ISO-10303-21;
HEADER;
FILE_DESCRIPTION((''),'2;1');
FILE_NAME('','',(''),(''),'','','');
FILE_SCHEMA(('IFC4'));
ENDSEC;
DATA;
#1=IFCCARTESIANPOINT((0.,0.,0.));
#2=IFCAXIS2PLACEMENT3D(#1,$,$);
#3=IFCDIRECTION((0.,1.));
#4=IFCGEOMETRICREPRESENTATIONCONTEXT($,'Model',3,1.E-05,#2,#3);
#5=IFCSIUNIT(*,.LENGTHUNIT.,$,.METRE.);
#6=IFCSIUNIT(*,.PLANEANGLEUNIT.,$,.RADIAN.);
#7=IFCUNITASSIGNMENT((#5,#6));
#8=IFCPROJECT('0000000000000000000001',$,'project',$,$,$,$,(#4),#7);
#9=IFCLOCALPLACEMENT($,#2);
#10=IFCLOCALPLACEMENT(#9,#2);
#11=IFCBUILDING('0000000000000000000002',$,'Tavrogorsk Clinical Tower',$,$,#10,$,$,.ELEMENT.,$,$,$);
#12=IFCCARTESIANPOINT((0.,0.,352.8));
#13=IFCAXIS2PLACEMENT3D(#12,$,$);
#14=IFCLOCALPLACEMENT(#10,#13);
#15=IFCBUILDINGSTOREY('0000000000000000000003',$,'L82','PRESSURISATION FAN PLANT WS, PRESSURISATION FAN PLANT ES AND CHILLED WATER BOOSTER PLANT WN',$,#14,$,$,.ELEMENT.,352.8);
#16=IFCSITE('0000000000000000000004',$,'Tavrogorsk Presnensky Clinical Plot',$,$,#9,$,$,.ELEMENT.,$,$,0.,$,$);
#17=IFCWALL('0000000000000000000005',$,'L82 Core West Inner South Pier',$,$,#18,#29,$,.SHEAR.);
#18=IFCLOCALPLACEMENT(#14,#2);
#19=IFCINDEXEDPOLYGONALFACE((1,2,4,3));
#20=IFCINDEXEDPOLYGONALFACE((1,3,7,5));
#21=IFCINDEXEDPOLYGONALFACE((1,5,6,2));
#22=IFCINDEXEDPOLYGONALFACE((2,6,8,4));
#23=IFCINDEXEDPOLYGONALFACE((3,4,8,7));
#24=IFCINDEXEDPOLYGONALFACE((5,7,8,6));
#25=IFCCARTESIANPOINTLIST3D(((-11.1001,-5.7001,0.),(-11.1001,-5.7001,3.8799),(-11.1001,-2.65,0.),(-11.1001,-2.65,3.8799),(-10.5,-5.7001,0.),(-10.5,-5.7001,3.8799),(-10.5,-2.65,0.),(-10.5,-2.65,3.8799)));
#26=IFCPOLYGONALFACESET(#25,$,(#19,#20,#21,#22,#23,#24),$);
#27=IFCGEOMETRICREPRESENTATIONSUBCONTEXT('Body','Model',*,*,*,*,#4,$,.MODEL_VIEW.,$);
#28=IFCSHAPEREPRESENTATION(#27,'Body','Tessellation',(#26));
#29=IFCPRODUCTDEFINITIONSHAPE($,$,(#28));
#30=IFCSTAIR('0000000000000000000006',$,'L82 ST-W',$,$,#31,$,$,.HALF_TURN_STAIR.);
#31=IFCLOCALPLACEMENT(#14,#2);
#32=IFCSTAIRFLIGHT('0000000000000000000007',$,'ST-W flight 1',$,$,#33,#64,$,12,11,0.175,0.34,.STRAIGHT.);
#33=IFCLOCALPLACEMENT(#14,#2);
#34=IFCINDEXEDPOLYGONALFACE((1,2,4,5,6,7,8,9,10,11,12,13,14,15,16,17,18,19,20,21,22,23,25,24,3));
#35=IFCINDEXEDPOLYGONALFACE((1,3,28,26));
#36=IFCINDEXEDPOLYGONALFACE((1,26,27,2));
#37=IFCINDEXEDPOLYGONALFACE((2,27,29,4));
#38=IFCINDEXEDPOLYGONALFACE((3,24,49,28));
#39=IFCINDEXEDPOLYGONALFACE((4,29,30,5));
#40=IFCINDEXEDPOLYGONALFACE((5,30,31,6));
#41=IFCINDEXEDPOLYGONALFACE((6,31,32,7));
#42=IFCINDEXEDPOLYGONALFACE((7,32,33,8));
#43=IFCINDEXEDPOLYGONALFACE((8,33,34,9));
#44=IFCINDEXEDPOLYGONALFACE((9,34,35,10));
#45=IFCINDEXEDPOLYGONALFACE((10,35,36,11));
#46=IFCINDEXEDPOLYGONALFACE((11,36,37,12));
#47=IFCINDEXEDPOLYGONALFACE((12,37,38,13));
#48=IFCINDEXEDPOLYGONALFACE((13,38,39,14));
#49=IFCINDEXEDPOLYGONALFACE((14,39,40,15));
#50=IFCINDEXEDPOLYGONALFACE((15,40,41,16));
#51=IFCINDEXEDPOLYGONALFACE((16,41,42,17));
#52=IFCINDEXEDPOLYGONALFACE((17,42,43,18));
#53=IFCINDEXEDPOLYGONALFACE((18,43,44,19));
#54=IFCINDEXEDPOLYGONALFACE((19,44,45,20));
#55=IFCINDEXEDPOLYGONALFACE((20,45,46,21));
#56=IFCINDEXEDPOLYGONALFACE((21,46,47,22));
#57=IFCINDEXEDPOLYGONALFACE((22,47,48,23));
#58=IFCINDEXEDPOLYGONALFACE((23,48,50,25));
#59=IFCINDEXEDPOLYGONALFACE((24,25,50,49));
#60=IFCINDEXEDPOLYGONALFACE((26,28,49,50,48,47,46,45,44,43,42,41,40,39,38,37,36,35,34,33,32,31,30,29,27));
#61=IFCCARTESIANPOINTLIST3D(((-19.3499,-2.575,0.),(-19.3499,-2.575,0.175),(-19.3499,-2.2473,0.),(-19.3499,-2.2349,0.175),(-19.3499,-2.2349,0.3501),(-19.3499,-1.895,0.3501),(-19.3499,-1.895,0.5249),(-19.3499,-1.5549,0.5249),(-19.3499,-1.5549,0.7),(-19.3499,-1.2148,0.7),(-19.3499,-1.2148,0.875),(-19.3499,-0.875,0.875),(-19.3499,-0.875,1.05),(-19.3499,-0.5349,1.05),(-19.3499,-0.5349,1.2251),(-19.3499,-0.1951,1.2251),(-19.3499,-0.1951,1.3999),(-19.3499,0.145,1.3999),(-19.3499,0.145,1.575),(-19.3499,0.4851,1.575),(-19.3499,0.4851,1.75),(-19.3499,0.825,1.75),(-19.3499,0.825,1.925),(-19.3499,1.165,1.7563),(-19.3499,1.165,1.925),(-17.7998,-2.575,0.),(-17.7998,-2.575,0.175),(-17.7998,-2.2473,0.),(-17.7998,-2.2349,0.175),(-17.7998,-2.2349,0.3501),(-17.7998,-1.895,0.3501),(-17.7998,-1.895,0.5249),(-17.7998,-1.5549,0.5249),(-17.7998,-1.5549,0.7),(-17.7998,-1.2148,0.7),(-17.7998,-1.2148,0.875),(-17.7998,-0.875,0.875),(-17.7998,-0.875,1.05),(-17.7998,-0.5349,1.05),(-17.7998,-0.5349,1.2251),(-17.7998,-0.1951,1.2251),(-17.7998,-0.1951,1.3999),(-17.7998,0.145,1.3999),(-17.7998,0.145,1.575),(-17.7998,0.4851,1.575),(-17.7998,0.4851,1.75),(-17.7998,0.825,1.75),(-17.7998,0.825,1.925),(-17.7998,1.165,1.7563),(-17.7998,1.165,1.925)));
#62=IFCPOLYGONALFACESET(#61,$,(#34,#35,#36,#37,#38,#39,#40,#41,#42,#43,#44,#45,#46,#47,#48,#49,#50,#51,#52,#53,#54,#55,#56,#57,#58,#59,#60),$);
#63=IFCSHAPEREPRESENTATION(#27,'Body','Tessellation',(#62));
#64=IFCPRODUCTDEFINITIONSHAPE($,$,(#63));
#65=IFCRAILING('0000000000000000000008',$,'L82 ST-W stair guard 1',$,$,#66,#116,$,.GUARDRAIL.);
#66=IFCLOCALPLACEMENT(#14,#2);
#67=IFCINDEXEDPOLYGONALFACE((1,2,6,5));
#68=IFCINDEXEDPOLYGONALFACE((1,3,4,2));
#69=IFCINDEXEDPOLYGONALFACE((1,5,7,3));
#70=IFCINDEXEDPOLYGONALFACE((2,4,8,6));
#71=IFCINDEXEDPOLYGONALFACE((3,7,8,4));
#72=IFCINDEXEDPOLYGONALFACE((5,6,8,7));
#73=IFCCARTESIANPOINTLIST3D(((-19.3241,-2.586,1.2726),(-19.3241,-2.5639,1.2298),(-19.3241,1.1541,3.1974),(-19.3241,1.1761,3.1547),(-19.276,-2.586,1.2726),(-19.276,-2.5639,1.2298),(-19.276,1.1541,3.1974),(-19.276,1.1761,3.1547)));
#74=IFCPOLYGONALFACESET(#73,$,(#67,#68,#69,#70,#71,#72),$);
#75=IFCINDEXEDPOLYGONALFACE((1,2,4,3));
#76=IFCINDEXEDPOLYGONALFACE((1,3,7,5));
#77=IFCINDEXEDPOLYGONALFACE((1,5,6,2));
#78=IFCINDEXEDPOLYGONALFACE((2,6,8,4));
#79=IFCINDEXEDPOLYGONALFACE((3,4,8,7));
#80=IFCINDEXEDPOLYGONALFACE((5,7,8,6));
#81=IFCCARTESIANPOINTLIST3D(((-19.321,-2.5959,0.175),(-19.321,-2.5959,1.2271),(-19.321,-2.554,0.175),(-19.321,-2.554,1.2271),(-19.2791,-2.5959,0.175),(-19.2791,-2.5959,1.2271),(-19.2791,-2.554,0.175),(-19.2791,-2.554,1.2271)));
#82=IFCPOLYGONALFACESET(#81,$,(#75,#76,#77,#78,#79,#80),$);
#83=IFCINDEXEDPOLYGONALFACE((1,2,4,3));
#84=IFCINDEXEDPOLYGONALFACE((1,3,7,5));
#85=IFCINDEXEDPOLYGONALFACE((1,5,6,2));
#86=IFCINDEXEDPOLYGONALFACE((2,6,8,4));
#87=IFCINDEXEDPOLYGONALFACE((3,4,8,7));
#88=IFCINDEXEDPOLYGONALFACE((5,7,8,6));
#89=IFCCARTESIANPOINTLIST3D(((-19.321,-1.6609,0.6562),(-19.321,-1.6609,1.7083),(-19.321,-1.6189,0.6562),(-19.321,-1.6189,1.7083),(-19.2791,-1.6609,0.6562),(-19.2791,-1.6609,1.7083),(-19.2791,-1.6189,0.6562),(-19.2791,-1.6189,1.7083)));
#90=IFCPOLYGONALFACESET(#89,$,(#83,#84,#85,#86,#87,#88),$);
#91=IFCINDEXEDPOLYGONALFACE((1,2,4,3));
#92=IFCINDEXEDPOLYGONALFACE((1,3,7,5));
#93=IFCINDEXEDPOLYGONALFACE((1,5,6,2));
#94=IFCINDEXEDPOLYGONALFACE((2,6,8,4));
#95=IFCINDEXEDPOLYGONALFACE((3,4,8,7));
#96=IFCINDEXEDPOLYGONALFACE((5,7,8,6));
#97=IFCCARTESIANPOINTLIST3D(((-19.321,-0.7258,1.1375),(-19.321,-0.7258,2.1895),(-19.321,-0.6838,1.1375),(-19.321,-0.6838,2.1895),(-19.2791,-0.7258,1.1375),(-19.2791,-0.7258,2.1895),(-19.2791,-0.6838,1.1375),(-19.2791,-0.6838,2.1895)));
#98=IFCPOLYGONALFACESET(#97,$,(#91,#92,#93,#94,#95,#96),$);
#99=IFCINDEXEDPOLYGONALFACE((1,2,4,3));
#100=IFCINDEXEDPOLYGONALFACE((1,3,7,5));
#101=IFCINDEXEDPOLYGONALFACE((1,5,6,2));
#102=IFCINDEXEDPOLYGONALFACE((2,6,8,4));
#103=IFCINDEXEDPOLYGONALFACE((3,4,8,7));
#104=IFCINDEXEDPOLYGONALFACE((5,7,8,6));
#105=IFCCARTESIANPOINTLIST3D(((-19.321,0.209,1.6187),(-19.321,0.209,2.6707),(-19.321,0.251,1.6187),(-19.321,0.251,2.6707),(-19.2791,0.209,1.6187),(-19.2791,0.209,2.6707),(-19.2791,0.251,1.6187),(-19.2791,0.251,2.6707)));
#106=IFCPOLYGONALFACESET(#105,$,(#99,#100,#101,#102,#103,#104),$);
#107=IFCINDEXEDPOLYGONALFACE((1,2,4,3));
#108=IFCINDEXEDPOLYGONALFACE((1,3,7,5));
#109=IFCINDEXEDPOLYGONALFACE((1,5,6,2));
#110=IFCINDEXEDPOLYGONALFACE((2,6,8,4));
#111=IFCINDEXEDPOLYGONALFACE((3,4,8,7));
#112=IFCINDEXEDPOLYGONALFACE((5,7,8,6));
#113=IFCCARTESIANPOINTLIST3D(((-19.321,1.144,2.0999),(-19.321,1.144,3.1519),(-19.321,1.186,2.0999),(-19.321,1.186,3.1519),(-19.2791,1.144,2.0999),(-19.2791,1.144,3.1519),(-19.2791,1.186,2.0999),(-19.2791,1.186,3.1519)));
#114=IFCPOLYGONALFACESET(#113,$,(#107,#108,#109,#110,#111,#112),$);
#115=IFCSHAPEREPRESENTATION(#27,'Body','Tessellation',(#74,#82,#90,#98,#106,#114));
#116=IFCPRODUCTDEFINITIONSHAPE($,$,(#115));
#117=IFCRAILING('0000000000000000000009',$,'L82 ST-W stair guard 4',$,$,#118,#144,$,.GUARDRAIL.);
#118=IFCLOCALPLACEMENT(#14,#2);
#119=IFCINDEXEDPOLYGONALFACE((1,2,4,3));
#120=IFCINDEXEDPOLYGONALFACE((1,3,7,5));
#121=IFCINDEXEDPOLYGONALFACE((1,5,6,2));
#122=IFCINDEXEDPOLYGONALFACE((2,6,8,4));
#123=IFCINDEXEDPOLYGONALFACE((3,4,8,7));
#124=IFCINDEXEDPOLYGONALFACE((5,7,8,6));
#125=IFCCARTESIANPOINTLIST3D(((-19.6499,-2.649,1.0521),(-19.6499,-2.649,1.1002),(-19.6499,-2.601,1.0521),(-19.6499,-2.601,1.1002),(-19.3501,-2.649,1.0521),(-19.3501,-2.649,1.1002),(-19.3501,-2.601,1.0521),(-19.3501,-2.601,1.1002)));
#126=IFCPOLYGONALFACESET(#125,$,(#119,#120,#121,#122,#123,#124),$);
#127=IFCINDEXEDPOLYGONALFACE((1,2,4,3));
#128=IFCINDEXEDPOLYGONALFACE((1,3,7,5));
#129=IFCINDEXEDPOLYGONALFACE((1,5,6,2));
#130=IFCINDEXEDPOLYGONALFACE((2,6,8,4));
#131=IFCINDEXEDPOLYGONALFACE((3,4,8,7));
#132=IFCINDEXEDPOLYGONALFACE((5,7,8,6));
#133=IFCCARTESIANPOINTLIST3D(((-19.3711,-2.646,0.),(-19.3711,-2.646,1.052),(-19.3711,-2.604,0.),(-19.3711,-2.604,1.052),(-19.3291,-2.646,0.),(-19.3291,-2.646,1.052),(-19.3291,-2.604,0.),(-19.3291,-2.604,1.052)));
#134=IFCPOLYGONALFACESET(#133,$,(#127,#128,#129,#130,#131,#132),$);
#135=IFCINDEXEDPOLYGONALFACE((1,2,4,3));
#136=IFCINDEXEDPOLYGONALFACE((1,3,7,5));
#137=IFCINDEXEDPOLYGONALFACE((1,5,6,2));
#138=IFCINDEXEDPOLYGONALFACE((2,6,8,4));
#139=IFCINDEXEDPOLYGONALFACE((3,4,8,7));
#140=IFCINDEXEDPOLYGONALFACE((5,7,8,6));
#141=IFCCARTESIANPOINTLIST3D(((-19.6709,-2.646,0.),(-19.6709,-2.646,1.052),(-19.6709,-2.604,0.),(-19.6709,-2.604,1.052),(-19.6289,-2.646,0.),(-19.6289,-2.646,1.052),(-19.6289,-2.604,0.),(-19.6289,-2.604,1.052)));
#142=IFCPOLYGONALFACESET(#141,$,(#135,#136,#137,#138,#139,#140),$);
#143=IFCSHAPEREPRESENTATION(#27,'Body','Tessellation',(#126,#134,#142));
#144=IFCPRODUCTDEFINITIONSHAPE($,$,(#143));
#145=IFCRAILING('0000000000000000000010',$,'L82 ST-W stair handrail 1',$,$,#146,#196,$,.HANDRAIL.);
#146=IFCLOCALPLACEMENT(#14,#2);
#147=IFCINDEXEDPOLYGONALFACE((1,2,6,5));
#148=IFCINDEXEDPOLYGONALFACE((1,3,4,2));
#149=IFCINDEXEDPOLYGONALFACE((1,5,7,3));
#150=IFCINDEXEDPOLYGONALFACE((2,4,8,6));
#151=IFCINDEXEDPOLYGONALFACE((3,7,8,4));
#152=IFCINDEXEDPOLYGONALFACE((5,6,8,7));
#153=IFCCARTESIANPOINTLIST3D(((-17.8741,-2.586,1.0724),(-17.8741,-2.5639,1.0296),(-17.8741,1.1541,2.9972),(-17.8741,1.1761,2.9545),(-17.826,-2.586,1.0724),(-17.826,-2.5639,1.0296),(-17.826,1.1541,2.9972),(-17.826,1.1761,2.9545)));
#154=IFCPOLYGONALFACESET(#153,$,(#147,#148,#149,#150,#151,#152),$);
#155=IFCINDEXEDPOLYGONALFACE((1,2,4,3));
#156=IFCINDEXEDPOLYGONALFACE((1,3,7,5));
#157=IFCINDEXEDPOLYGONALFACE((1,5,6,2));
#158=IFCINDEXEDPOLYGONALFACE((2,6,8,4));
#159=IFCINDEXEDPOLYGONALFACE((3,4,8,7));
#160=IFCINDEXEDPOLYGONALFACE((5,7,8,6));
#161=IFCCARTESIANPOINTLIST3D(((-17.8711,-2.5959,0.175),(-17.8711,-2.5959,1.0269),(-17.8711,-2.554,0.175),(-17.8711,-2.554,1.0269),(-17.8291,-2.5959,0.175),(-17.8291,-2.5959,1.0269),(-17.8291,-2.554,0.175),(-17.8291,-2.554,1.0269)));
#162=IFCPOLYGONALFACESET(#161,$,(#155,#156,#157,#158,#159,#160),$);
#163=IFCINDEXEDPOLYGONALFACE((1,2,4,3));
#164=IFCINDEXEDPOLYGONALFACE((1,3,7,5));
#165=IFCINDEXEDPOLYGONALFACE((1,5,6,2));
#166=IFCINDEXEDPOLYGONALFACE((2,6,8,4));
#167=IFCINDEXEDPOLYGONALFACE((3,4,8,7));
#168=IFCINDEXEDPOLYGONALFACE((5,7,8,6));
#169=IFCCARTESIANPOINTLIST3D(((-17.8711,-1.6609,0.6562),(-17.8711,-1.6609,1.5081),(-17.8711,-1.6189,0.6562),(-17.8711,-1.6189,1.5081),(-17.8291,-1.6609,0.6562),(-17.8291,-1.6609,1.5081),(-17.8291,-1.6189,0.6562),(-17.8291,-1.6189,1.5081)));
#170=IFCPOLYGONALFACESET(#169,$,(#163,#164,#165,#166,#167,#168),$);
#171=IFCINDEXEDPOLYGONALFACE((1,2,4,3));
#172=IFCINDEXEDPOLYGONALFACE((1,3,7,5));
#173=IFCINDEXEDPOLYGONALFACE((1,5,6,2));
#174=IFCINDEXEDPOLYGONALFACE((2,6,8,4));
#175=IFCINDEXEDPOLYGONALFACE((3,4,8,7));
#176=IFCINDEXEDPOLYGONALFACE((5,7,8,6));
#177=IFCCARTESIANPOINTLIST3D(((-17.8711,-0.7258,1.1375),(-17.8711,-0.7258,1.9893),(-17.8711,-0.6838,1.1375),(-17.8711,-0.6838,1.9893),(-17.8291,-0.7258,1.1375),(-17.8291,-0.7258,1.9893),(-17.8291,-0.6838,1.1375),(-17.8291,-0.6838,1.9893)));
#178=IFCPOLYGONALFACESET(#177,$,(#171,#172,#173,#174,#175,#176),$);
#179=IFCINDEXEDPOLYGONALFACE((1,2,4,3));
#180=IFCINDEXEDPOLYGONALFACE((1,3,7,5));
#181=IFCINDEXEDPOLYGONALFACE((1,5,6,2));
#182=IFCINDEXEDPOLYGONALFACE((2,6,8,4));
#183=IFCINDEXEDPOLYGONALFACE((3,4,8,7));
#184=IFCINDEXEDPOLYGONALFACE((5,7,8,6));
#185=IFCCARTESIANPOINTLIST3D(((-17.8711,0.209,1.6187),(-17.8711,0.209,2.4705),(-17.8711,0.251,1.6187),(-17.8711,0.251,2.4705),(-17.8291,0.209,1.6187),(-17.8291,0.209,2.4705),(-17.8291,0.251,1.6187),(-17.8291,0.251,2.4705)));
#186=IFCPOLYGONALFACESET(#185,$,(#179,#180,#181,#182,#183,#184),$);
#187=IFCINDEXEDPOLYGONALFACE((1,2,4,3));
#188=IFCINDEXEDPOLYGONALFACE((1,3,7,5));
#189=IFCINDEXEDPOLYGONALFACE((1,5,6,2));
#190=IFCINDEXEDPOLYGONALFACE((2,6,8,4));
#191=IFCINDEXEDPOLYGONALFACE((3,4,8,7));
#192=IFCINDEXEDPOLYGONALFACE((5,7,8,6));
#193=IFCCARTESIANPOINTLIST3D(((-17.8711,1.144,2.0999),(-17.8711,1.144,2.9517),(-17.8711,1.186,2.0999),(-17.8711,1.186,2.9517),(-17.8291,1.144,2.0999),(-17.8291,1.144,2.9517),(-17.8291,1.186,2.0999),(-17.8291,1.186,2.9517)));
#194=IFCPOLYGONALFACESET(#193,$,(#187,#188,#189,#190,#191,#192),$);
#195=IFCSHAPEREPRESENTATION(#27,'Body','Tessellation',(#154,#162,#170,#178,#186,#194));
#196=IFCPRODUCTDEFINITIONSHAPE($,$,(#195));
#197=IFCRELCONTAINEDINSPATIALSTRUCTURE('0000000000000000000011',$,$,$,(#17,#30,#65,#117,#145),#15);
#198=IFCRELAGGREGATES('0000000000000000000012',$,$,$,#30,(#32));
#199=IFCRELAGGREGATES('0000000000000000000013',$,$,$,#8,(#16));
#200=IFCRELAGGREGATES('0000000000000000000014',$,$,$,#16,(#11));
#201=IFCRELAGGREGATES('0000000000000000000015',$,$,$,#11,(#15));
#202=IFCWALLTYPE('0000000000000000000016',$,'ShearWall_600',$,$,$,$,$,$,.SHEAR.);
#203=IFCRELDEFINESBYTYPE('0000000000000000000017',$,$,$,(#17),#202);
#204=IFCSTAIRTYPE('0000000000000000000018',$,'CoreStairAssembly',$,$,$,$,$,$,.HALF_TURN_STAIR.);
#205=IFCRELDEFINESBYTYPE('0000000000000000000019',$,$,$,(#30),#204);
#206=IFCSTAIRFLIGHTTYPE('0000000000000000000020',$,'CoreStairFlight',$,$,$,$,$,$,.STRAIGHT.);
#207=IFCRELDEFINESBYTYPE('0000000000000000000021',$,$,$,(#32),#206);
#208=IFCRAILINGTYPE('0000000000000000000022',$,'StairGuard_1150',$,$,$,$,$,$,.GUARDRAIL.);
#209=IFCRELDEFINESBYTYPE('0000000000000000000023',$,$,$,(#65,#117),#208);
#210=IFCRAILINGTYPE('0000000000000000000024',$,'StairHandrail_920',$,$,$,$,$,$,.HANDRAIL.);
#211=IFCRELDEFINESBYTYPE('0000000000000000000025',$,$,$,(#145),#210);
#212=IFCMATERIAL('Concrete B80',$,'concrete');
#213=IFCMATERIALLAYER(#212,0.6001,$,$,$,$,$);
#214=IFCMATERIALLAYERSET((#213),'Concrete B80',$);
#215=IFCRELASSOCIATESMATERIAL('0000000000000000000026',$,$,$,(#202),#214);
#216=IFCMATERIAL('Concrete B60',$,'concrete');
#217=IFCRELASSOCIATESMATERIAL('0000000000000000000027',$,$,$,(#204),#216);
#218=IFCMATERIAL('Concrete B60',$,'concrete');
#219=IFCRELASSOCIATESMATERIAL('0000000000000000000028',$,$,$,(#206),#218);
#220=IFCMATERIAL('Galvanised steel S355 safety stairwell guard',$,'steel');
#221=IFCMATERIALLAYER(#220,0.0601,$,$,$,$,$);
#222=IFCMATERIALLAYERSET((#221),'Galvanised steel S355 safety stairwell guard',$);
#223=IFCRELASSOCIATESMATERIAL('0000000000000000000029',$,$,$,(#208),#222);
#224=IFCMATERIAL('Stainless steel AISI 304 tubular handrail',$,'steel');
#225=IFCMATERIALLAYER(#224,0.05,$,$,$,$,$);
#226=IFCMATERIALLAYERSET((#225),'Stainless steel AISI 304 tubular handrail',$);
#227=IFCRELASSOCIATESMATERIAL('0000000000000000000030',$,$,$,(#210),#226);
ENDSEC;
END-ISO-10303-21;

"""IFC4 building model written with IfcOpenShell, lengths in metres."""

from ifc_helpers import new_model, si_unit, direction, frame, frame_2d, origin, origin_2d, place, context, subcontext, project, spatial, polyline, rectangle, outline, extrude, material, layer, layer_set, type_object, element, aggregate, save


model = new_model("IFC4")

# Units and contexts
model_context = context("Model", 3, precision=1e-05, world=origin(), true_north=direction((0.0, 1.0)))
body_context = subcontext(model_context, "Body", "Model", "MODEL_VIEW")
ifc_project = project(units=[si_unit("LENGTHUNIT", "METRE"), si_unit("PLANEANGLEUNIT", "RADIAN")], contexts=[model_context])

# Site, building, storey
site_placement = place(None, origin())
site = spatial("IfcSite", under=ifc_project, at=site_placement, Name="Tavrogorsk Presnensky Clinical Plot", CompositionType="ELEMENT", RefElevation=0.0)
building_placement = place(site_placement, origin())
building = spatial("IfcBuilding", under=site, at=building_placement, Name="Tavrogorsk Clinical Tower", CompositionType="ELEMENT")
storey_placement = place(building_placement, frame((0.0, 0.0, 352.8)))
storey = spatial("IfcBuildingStorey", under=building, at=storey_placement, Name="L82", Description="PRESSURISATION FAN PLANT WS, PRESSURISATION FAN PLANT ES AND CHILLED WATER BOOSTER PLANT WN", CompositionType="ELEMENT", Elevation=352.8)

# Wall
ifc_material_1 = material(Name="Concrete B80", Category="concrete")
ifc_layer_1 = layer(ifc_material_1, 0.6001)
ifc_layer_set_1 = layer_set([ifc_layer_1], Name="Concrete B80")
wall_type_1 = type_object("IfcWallType", Name="ShearWall_600", PredefinedType="SHEAR", material=ifc_layer_set_1)
wall_1_placement = place(storey_placement, frame((-10.8, -5.7, 0.0), z_axis=(0.0, 0.0, 1.0), x_axis=(0.0, 1.0, 0.0)))
element("IfcWall", 1, at=wall_1_placement, inside=storey, type_object=wall_type_1, Name="L82 Core West Inner South Pier", PredefinedType="SHEAR", context=body_context, shape_type="SweptSolid", body=[
    extrude(rectangle(XDim=3.05, YDim=0.6001, at=frame_2d((1.5249, 0.0))), origin(), (0.0, 0.0, 1.0), 3.8799),
])

# Stair, stair flight
ifc_material_2 = material(Name="Concrete B60", Category="concrete")
stair_type = type_object("IfcStairType", Name="CoreStairAssembly", PredefinedType="HALF_TURN_STAIR", material=ifc_material_2)
stair_placement = place(storey_placement, origin())
stair = element("IfcStair", 2, at=stair_placement, inside=storey, type_object=stair_type, Name="L82 ST-W", PredefinedType="HALF_TURN_STAIR")
ifc_material_3 = material(Name="Concrete B60", Category="concrete")
stair_flight_type = type_object("IfcStairFlightType", Name="CoreStairFlight", PredefinedType="STRAIGHT", material=ifc_material_3)
stair_flight_placement = place(storey_placement, frame((-18.575, -2.575, 0.0), z_axis=(0.0, 0.0, 1.0), x_axis=(0.0, 1.0, 0.0)))
stair_flight = element("IfcStairFlight", 3, at=stair_flight_placement, type_object=stair_flight_type, Name="ST-W flight 1", NumberOfRisers=12, NumberOfTreads=11, PredefinedType="STRAIGHT", RiserHeight=0.175, TreadLength=0.34, context=body_context, shape_type="SweptSolid", body=[
    extrude(outline(polyline([(0.0, 0.0), (0.0, 0.175), (0.3401, 0.175), (0.3401, 0.3501), (0.6799, 0.3501), (0.6799, 0.5249), (1.02, 0.5249), (1.02, 0.7), (1.3601, 0.7), (1.3601, 0.875), (1.7, 0.875), (1.7, 1.05), (2.04, 1.05), (2.04, 1.2251), (2.3799, 1.2251), (2.3799, 1.3999), (2.72, 1.3999), (2.72, 1.575), (3.0601, 1.575), (3.0601, 1.75), (3.3999, 1.75), (3.3999, 1.925), (3.74, 1.925), (3.74, 2.1001), (3.74, 1.7563), (0.3276, 0.0), (0.0, 0.0)])), frame((0.0, 0.7749, 0.0), z_axis=(0.0, -1.0, 0.0), x_axis=(1.0, 0.0, 0.0)), (0.0, 0.0, 1.0), 1.55),
])
aggregate(stair, [stair_flight])

# Railings
ifc_material_4 = material(Name="Galvanised steel S355 safety stairwell guard", Category="steel")
ifc_layer_2 = layer(ifc_material_4, 0.0601)
ifc_layer_set_2 = layer_set([ifc_layer_2], Name="Galvanised steel S355 safety stairwell guard")
railing_type_1 = type_object("IfcRailingType", Name="StairGuard_1150", PredefinedType="GUARDRAIL", material=ifc_layer_set_2)
railing_1_placement = place(storey_placement, frame((-19.3, -2.575, 0.175)))
element("IfcRailing", 4, at=railing_1_placement, inside=storey, type_object=railing_type_1, Name="L82 ST-W stair guard 1", PredefinedType="GUARDRAIL", context=body_context, shape_type="SweptSolid", body=[
    extrude(rectangle(XDim=0.0481, YDim=0.0481, at=origin_2d()), frame((0.0, 0.0, 1.0762), z_axis=(0.0, 0.889154, 0.457608), x_axis=(-1.0, 0.0, 0.0)), (0.0, 0.0, 1.0), 4.2063),
    extrude(rectangle(XDim=0.042, YDim=0.042, at=origin_2d()), origin(), (0.0, 0.0, 1.0), 1.052),
    extrude(rectangle(XDim=0.042, YDim=0.042, at=origin_2d()), frame((0.0, 0.9351, 0.4812)), (0.0, 0.0, 1.0), 1.052),
    extrude(rectangle(XDim=0.042, YDim=0.042, at=origin_2d()), frame((0.0, 1.8701, 0.9624)), (0.0, 0.0, 1.0), 1.052),
    extrude(rectangle(XDim=0.042, YDim=0.042, at=origin_2d()), frame((0.0, 2.8049, 1.4436)), (0.0, 0.0, 1.0), 1.052),
    extrude(rectangle(XDim=0.042, YDim=0.042, at=origin_2d()), frame((0.0, 3.74, 1.9248)), (0.0, 0.0, 1.0), 1.052),
])
railing_2_placement = place(storey_placement, frame((-19.3501, -2.625, 0.0)))
element("IfcRailing", 5, at=railing_2_placement, inside=storey, type_object=railing_type_1, Name="L82 ST-W stair guard 4", PredefinedType="GUARDRAIL", context=body_context, shape_type="SweptSolid", body=[
    extrude(rectangle(XDim=0.0481, YDim=0.0481, at=origin_2d()), frame((0.0, 0.0, 1.0762), z_axis=(-1.0, 0.0, 0.0), x_axis=(0.0, -1.0, 0.0)), (0.0, 0.0, 1.0), 0.2998),
    extrude(rectangle(XDim=0.042, YDim=0.042, at=origin_2d()), origin(), (0.0, 0.0, 1.0), 1.052),
    extrude(rectangle(XDim=0.042, YDim=0.042, at=origin_2d()), frame((-0.2998, 0.0, 0.0)), (0.0, 0.0, 1.0), 1.052),
])
ifc_material_5 = material(Name="Stainless steel AISI 304 tubular handrail", Category="steel")
ifc_layer_3 = layer(ifc_material_5, 0.05)
ifc_layer_set_3 = layer_set([ifc_layer_3], Name="Stainless steel AISI 304 tubular handrail")
railing_type_2 = type_object("IfcRailingType", Name="StairHandrail_920", PredefinedType="HANDRAIL", material=ifc_layer_set_3)
railing_3_placement = place(storey_placement, frame((-17.8501, -2.575, 0.175)))
element("IfcRailing", 6, at=railing_3_placement, inside=storey, type_object=railing_type_2, Name="L82 ST-W stair handrail 1", PredefinedType="HANDRAIL", context=body_context, shape_type="SweptSolid", body=[
    extrude(rectangle(XDim=0.0481, YDim=0.0481, at=origin_2d()), frame((0.0, 0.0, 0.876), z_axis=(0.0, 0.889154, 0.457608), x_axis=(-1.0, 0.0, 0.0)), (0.0, 0.0, 1.0), 4.2063),
    extrude(rectangle(XDim=0.042, YDim=0.042, at=origin_2d()), origin(), (0.0, 0.0, 1.0), 0.8518),
    extrude(rectangle(XDim=0.042, YDim=0.042, at=origin_2d()), frame((0.0, 0.9351, 0.4812)), (0.0, 0.0, 1.0), 0.8518),
    extrude(rectangle(XDim=0.042, YDim=0.042, at=origin_2d()), frame((0.0, 1.8701, 0.9624)), (0.0, 0.0, 1.0), 0.8518),
    extrude(rectangle(XDim=0.042, YDim=0.042, at=origin_2d()), frame((0.0, 2.8049, 1.4436)), (0.0, 0.0, 1.0), 0.8518),
    extrude(rectangle(XDim=0.042, YDim=0.042, at=origin_2d()), frame((0.0, 3.74, 1.9248)), (0.0, 0.0, 1.0), 0.8518),
])

save(model, "model.ifc")
